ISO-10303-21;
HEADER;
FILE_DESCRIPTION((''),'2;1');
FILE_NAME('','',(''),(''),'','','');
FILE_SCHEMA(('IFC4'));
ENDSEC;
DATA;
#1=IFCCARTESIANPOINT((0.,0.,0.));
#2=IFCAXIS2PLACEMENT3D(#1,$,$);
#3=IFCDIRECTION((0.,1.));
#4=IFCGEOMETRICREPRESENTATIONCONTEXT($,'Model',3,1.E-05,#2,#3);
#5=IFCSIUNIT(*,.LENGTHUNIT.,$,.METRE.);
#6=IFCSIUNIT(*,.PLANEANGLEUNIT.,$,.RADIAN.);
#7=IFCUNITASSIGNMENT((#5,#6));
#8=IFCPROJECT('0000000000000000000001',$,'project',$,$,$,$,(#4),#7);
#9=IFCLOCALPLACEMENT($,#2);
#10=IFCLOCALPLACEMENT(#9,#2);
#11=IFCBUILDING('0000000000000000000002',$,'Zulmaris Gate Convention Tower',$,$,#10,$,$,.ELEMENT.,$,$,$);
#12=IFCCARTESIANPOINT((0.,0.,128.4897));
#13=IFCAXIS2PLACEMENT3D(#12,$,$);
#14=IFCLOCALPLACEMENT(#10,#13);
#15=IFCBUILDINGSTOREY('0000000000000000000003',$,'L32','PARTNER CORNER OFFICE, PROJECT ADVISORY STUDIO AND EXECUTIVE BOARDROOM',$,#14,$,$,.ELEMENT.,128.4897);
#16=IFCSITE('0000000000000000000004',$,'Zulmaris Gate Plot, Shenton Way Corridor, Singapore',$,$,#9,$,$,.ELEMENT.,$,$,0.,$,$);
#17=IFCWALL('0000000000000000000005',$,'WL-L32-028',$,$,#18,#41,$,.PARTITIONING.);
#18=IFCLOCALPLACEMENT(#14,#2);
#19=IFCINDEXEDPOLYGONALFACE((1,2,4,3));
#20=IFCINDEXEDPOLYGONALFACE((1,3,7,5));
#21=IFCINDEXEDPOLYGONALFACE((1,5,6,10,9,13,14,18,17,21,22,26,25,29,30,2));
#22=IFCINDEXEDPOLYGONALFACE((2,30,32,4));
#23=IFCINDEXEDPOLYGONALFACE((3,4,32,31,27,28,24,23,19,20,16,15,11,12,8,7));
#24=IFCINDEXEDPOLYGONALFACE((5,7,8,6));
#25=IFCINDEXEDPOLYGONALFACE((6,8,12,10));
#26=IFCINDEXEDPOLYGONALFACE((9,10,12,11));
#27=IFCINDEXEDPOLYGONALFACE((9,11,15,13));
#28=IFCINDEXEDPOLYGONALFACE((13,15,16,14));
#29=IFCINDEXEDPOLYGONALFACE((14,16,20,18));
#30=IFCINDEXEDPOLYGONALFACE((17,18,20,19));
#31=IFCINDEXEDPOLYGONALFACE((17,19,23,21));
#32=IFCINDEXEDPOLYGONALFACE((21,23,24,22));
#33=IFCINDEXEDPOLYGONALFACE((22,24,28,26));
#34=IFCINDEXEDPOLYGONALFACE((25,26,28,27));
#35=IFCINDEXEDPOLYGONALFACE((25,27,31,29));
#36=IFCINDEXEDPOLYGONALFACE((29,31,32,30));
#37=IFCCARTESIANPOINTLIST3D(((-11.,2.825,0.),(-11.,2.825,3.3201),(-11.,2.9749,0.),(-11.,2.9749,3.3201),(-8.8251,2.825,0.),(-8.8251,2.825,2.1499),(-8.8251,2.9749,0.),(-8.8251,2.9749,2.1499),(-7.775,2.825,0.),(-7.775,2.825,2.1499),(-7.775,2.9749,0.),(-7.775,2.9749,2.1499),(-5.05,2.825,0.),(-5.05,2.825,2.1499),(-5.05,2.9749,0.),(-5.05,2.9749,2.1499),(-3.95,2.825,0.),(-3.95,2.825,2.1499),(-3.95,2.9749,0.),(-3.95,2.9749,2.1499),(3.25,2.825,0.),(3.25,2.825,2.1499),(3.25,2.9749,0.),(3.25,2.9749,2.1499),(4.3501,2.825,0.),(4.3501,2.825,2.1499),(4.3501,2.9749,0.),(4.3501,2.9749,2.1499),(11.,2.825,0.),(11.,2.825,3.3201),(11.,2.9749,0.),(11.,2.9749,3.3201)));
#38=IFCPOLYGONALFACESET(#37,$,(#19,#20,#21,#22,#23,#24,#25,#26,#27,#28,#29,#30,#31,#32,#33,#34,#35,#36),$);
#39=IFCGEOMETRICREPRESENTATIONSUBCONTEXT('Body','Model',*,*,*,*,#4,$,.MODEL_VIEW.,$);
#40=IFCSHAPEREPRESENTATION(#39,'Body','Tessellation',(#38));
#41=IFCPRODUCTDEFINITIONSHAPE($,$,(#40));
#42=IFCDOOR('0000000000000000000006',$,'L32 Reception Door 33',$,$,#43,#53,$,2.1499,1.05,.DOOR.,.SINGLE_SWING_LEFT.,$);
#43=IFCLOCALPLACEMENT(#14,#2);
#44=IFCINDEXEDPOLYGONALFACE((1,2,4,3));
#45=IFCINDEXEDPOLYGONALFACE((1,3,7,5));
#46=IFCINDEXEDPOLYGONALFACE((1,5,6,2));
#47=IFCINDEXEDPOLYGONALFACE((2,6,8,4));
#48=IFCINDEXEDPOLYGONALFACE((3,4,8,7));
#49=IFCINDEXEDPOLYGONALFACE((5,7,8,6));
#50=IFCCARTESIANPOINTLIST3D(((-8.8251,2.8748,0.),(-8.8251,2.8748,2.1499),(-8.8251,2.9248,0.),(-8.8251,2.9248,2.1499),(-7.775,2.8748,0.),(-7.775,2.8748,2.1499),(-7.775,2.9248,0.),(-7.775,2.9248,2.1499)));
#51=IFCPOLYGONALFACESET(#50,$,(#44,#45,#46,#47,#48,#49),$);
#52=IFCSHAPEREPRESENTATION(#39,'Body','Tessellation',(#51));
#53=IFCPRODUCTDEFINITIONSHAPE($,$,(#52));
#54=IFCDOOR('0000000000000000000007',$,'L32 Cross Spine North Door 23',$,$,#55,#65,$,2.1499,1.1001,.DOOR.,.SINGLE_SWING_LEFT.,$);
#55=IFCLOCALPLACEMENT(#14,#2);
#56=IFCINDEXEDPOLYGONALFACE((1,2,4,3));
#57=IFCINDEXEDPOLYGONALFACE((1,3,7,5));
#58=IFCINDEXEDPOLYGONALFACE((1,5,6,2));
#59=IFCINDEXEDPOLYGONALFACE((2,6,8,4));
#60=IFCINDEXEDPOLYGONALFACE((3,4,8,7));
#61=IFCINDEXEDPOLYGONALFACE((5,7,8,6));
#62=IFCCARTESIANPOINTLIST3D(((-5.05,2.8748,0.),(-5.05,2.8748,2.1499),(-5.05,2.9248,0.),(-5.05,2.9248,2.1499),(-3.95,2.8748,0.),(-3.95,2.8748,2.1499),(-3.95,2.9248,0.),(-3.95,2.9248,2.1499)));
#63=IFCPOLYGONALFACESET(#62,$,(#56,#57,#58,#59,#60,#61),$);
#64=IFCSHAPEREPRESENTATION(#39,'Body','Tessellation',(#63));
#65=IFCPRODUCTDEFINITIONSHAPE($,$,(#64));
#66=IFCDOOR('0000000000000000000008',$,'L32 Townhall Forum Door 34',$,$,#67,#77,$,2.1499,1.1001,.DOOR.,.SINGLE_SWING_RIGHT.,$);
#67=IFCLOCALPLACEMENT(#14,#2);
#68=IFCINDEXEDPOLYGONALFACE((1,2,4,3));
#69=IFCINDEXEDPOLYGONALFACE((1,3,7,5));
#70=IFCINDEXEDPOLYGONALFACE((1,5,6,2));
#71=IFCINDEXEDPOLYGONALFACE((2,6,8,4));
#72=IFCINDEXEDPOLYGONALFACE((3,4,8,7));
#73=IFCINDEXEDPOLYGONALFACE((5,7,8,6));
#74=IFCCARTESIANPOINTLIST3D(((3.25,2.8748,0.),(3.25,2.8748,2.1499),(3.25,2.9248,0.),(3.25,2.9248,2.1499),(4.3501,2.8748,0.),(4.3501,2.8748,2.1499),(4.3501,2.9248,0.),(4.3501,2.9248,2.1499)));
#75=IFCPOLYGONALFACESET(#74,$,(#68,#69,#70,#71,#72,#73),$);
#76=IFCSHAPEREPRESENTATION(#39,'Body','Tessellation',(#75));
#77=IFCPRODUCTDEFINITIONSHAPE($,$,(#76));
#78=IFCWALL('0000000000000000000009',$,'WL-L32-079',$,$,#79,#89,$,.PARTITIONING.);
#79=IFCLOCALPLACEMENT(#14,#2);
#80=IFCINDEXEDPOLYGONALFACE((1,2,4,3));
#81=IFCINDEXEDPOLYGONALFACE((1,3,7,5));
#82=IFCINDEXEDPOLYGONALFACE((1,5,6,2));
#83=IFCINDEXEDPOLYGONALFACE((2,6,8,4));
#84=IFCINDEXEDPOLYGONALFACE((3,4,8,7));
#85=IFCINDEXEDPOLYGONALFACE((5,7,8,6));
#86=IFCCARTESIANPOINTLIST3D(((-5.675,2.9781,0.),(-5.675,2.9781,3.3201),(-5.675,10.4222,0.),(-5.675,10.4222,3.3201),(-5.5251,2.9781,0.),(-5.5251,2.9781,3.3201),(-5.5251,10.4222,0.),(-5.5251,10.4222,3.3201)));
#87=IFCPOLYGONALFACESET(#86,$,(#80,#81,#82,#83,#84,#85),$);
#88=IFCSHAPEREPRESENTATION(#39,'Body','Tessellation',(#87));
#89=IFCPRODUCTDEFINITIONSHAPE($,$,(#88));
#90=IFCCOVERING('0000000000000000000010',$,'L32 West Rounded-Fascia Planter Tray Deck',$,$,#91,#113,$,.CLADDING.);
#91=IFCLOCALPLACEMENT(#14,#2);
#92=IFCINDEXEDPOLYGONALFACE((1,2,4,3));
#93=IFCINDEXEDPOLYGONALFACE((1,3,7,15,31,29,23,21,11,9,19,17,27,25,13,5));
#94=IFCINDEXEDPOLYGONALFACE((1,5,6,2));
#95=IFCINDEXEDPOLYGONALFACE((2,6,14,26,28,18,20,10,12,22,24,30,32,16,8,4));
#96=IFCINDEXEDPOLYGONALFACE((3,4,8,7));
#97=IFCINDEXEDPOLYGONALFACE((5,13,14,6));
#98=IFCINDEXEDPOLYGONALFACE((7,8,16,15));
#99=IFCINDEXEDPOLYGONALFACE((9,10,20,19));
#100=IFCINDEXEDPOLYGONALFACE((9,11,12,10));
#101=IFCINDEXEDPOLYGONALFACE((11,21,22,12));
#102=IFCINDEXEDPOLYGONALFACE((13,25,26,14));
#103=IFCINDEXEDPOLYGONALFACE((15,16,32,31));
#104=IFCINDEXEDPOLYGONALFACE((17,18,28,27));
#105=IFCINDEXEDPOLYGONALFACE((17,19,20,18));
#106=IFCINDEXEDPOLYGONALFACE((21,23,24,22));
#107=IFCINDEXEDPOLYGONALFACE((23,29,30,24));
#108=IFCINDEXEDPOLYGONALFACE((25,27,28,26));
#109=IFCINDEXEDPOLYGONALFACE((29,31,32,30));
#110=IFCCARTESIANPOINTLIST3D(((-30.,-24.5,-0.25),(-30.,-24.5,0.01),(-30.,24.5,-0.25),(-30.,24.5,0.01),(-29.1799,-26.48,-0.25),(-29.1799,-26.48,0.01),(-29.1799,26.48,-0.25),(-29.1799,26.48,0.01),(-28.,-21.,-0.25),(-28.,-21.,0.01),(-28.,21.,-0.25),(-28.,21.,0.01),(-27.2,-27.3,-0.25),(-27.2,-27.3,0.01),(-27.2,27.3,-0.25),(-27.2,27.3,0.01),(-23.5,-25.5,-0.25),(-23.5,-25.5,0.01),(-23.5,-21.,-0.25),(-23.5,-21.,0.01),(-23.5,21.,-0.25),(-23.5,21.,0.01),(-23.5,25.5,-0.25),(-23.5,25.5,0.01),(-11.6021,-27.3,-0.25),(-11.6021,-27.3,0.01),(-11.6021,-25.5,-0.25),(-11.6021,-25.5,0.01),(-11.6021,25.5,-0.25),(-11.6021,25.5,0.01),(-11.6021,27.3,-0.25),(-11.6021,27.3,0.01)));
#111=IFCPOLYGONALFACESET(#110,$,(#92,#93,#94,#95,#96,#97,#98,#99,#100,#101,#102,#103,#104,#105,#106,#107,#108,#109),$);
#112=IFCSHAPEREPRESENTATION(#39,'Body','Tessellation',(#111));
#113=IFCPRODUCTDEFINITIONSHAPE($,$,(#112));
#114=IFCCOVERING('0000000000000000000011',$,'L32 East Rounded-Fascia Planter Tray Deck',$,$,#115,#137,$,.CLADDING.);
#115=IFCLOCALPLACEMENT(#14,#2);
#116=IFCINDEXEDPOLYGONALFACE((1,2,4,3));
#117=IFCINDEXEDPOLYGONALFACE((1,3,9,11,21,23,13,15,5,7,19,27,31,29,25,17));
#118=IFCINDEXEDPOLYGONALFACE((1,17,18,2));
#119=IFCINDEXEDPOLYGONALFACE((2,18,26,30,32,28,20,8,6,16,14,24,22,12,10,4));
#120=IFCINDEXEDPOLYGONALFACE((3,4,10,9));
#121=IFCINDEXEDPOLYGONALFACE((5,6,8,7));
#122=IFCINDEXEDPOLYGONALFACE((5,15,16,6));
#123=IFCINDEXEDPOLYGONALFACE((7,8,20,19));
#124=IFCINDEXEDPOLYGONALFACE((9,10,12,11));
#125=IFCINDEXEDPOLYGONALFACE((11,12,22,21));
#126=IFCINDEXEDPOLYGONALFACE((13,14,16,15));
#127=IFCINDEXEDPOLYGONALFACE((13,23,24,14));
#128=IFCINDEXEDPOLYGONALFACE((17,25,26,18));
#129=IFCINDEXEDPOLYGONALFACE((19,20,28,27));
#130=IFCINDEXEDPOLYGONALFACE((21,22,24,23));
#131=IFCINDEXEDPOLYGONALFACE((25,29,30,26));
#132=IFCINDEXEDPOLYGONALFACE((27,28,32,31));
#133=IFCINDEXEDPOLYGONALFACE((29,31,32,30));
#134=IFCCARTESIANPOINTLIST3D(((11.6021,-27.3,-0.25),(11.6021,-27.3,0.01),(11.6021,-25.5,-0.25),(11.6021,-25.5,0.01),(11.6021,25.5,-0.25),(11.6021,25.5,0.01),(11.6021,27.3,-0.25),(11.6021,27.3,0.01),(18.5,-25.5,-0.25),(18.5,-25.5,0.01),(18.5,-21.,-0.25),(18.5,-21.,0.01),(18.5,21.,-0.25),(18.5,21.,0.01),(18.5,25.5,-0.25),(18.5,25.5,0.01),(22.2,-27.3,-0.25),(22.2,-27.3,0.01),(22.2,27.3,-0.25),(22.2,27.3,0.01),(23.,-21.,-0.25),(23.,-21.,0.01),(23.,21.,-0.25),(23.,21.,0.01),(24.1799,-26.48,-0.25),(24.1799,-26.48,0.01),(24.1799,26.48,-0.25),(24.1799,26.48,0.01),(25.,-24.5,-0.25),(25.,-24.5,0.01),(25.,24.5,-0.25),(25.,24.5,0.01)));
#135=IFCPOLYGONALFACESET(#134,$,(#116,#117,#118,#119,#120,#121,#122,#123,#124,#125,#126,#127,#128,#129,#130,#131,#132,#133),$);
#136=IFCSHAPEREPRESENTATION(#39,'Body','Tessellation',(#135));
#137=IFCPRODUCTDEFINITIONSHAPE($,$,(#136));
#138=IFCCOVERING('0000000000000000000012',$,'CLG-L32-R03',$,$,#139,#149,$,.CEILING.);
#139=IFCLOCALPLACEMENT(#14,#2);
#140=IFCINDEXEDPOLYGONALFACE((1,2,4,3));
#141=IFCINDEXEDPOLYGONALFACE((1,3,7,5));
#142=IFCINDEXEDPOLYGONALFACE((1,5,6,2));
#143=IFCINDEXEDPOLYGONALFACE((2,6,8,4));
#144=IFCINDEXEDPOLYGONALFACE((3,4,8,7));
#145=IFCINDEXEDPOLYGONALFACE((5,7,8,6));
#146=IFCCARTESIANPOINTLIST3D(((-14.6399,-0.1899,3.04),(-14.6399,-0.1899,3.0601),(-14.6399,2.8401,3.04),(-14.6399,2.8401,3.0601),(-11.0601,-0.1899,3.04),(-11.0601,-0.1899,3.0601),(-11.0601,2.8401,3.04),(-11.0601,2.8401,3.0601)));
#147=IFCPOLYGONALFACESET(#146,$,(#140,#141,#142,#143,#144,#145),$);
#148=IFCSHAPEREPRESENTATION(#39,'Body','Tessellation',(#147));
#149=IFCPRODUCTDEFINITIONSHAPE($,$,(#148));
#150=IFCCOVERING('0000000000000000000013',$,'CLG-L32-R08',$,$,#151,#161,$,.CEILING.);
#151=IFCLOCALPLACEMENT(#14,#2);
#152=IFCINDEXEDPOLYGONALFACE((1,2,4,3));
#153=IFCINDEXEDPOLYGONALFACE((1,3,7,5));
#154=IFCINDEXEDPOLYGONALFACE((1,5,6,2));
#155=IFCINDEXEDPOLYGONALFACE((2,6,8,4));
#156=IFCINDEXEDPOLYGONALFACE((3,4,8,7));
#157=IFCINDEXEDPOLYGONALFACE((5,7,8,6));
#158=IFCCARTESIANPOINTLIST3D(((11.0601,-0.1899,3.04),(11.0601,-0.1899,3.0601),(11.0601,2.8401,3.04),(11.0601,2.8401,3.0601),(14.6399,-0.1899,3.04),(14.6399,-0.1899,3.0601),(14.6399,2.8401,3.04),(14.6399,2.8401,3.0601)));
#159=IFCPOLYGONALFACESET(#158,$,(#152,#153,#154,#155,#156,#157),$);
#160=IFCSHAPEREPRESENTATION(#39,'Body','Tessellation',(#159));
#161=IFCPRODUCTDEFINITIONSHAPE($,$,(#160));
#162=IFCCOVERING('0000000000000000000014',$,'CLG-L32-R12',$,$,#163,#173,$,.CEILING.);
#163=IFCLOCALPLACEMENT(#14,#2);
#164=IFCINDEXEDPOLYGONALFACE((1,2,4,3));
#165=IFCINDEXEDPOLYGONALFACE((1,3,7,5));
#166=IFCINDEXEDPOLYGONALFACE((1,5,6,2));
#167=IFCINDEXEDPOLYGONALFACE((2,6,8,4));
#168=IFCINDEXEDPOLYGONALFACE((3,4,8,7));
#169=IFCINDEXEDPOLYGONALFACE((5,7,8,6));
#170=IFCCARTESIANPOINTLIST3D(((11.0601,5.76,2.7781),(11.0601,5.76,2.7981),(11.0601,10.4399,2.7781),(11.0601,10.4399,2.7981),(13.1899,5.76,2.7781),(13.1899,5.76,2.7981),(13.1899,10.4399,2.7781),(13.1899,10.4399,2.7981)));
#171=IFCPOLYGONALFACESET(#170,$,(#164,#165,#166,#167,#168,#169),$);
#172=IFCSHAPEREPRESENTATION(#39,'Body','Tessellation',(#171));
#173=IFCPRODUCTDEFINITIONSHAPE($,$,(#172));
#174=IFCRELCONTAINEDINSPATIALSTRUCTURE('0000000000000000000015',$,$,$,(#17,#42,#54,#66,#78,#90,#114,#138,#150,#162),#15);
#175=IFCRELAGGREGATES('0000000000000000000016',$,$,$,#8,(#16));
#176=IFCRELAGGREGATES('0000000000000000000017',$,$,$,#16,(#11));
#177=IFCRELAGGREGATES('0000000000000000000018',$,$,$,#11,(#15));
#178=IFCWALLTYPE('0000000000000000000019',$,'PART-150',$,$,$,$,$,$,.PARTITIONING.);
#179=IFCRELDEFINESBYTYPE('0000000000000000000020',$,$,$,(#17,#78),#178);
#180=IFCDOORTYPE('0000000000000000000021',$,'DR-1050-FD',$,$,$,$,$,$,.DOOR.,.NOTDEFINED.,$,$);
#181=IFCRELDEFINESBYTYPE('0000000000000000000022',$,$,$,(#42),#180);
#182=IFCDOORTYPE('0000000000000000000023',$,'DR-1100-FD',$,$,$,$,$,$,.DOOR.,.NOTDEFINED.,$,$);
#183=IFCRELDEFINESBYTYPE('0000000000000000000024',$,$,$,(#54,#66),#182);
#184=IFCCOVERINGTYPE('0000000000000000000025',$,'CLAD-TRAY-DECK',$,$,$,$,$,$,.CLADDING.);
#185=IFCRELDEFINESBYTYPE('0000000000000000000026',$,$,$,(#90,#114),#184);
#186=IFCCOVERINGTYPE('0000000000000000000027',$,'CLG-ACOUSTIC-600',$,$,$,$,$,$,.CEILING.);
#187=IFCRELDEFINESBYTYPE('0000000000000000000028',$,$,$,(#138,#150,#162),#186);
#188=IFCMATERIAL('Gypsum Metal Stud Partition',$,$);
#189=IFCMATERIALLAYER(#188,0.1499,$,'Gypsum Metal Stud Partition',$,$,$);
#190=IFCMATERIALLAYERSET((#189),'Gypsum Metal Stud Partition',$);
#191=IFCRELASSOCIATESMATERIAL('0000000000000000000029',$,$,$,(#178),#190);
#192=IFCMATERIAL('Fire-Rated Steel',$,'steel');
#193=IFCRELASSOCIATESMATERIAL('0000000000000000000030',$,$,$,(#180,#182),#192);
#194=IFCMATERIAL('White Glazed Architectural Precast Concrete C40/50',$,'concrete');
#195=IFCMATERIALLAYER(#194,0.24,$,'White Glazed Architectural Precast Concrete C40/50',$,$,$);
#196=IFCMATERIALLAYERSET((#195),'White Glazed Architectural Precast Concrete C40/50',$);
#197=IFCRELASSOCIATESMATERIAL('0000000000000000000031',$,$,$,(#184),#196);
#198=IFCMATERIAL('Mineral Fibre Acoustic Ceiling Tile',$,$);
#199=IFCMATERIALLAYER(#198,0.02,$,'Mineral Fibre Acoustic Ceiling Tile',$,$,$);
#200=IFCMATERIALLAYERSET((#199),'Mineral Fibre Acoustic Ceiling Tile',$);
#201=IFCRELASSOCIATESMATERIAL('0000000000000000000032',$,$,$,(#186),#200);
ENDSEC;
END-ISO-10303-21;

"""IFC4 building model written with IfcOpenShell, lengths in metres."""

from ifc_helpers import new_model, si_unit, direction, frame, frame_2d, origin, place, context, subcontext, project, spatial, polyline, rectangle, outline, extrude, material, layer, layer_set, type_object, element, fill, save


model = new_model("IFC4")

# Units and contexts
model_context = context("Model", 3, precision=1e-05, world=origin(), true_north=direction((0.0, 1.0)))
body_context = subcontext(model_context, "Body", "Model", "MODEL_VIEW")
ifc_project = project(units=[si_unit("LENGTHUNIT", "METRE"), si_unit("PLANEANGLEUNIT", "RADIAN")], contexts=[model_context])

# Site, building, storey
site_placement = place(None, origin())
site = spatial("IfcSite", under=ifc_project, at=site_placement, Name="Zulmaris Gate Plot, Shenton Way Corridor, Singapore", CompositionType="ELEMENT", RefElevation=0.0)
building_placement = place(site_placement, origin())
building = spatial("IfcBuilding", under=site, at=building_placement, Name="Zulmaris Gate Convention Tower", CompositionType="ELEMENT")
storey_placement = place(building_placement, frame((0.0, 0.0, 128.4897)))
storey = spatial("IfcBuildingStorey", under=building, at=storey_placement, Name="L32", Description="PARTNER CORNER OFFICE, PROJECT ADVISORY STUDIO AND EXECUTIVE BOARDROOM", CompositionType="ELEMENT", Elevation=128.4897)

# Wall, openings, doors
ifc_material_1 = material(Name="Gypsum Metal Stud Partition")
ifc_layer_1 = layer(ifc_material_1, 0.1499, Name="Gypsum Metal Stud Partition")
ifc_layer_set_1 = layer_set([ifc_layer_1], Name="Gypsum Metal Stud Partition")
wall_type = type_object("IfcWallType", Name="PART-150", PredefinedType="PARTITIONING", material=ifc_layer_set_1)
wall_1_placement = place(storey_placement, frame((-11.0, 2.8999, 0.0), z_axis=(0.0, 0.0, 1.0), x_axis=(1.0, 0.0, 0.0)))
wall_1 = element("IfcWall", 1, at=wall_1_placement, inside=storey, type_object=wall_type, Name="WL-L32-028", PredefinedType="PARTITIONING", context=body_context, shape_type="SweptSolid", body=[
    extrude(rectangle(XDim=22.0, YDim=0.1499, at=frame_2d((11.0, 0.0))), origin(), (0.0, 0.0, 1.0), 3.3201),
])
opening_1_placement = place(wall_1_placement, frame((5.95, 0.0, 0.0)))
opening_1 = element("IfcOpeningElement", 2, at=opening_1_placement, cuts=wall_1, PredefinedType="OPENING", context=body_context, shape_type="SweptSolid", body=[
    extrude(rectangle(XDim=1.1001, YDim=2.1499, at=frame_2d((0.55, 1.075))), frame((0.0, 0.085, 0.0), z_axis=(0.0, -1.0, 0.0), x_axis=(1.0, 0.0, 0.0)), (0.0, 0.0, 1.0), 0.1699),
])
opening_2_placement = place(wall_1_placement, frame((2.175, 0.0, 0.0)))
opening_2 = element("IfcOpeningElement", 3, at=opening_2_placement, cuts=wall_1, PredefinedType="OPENING", context=body_context, shape_type="SweptSolid", body=[
    extrude(rectangle(XDim=1.05, YDim=2.1499, at=frame_2d((0.5249, 1.075))), frame((0.0, 0.085, 0.0), z_axis=(0.0, -1.0, 0.0), x_axis=(1.0, 0.0, 0.0)), (0.0, 0.0, 1.0), 0.1699),
])
opening_3_placement = place(wall_1_placement, frame((14.25, 0.0, 0.0)))
opening_3 = element("IfcOpeningElement", 4, at=opening_3_placement, cuts=wall_1, PredefinedType="OPENING", context=body_context, shape_type="SweptSolid", body=[
    extrude(rectangle(XDim=1.1001, YDim=2.1499, at=frame_2d((0.55, 1.075))), frame((0.0, 0.085, 0.0), z_axis=(0.0, -1.0, 0.0), x_axis=(1.0, 0.0, 0.0)), (0.0, 0.0, 1.0), 0.1699),
])
ifc_material_2 = material(Name="Fire-Rated Steel", Category="steel")
door_type_1 = type_object("IfcDoorType", Name="DR-1050-FD", OperationType="NOTDEFINED", PredefinedType="DOOR", material=ifc_material_2)
door_1_placement = place(opening_2_placement, origin())
door_1 = element("IfcDoor", 5, at=door_1_placement, inside=storey, type_object=door_type_1, Name="L32 Reception Door 33", OperationType="SINGLE_SWING_LEFT", OverallHeight=2.1499, OverallWidth=1.05, PredefinedType="DOOR", context=body_context, shape_type="SweptSolid", body=[
    extrude(rectangle(XDim=1.05, YDim=2.1499, at=frame_2d((0.5249, 1.075))), frame((0.0, 0.0249, 0.0), z_axis=(0.0, -1.0, 0.0), x_axis=(1.0, 0.0, 0.0)), (0.0, 0.0, 1.0), 0.05),
])
fill(opening_2, door_1)
door_type_2 = type_object("IfcDoorType", Name="DR-1100-FD", OperationType="NOTDEFINED", PredefinedType="DOOR", material=ifc_material_2)
door_2_placement = place(opening_1_placement, origin())
door_2 = element("IfcDoor", 6, at=door_2_placement, inside=storey, type_object=door_type_2, Name="L32 Cross Spine North Door 23", OperationType="SINGLE_SWING_LEFT", OverallHeight=2.1499, OverallWidth=1.1001, PredefinedType="DOOR", context=body_context, shape_type="SweptSolid", body=[
    extrude(rectangle(XDim=1.1001, YDim=2.1499, at=frame_2d((0.55, 1.075))), frame((0.0, 0.0249, 0.0), z_axis=(0.0, -1.0, 0.0), x_axis=(1.0, 0.0, 0.0)), (0.0, 0.0, 1.0), 0.05),
])
fill(opening_1, door_2)
door_3_placement = place(opening_3_placement, origin())
door_3 = element("IfcDoor", 7, at=door_3_placement, inside=storey, type_object=door_type_2, Name="L32 Townhall Forum Door 34", OperationType="SINGLE_SWING_RIGHT", OverallHeight=2.1499, OverallWidth=1.1001, PredefinedType="DOOR", context=body_context, shape_type="SweptSolid", body=[
    extrude(rectangle(XDim=1.1001, YDim=2.1499, at=frame_2d((0.55, 1.075))), frame((0.0, 0.0249, 0.0), z_axis=(0.0, -1.0, 0.0), x_axis=(1.0, 0.0, 0.0)), (0.0, 0.0, 1.0), 0.05),
])
fill(opening_3, door_3)

# Wall
wall_2_placement = place(storey_placement, frame((-5.6001, 2.978, 0.0), z_axis=(0.0, 0.0, 1.0), x_axis=(0.0, 1.0, 0.0)))
element("IfcWall", 8, at=wall_2_placement, inside=storey, type_object=wall_type, Name="WL-L32-079", PredefinedType="PARTITIONING", context=body_context, shape_type="SweptSolid", body=[
    extrude(rectangle(XDim=7.4441, YDim=0.1499, at=frame_2d((3.7222, 0.0))), origin(), (0.0, 0.0, 1.0), 3.3201),
])

# Coverings
ifc_material_3 = material(Name="White Glazed Architectural Precast Concrete C40/50", Category="concrete")
ifc_layer_2 = layer(ifc_material_3, 0.24, Name="White Glazed Architectural Precast Concrete C40/50")
ifc_layer_set_2 = layer_set([ifc_layer_2], Name="White Glazed Architectural Precast Concrete C40/50")
covering_type_1 = type_object("IfcCoveringType", Name="CLAD-TRAY-DECK", PredefinedType="CLADDING", material=ifc_layer_set_2)
covering_1_placement = place(storey_placement, frame((0.0, 0.0, -0.25)))
element("IfcCovering", 9, at=covering_1_placement, inside=storey, type_object=covering_type_1, Name="L32 West Rounded-Fascia Planter Tray Deck", PredefinedType="CLADDING", context=body_context, shape_type="SweptSolid", body=[
    extrude(outline(polyline([(-30.0, 24.5), (-29.1799, 26.48), (-27.2, 27.3), (-11.6021, 27.3), (-11.6021, 25.5), (-23.5, 25.5), (-23.5, 21.0), (-28.0, 21.0), (-28.0, -21.0), (-23.5, -21.0), (-23.5, -25.5), (-11.6021, -25.5), (-11.6021, -27.3), (-27.2, -27.3), (-29.1799, -26.48), (-30.0, -24.5), (-30.0, 24.5)])), origin(), (0.0, 0.0, 1.0), 0.26),
])
covering_2_placement = place(storey_placement, frame((0.0, 0.0, -0.25)))
element("IfcCovering", 10, at=covering_2_placement, inside=storey, type_object=covering_type_1, Name="L32 East Rounded-Fascia Planter Tray Deck", PredefinedType="CLADDING", context=body_context, shape_type="SweptSolid", body=[
    extrude(outline(polyline([(22.2, 27.3), (24.1799, 26.48), (25.0, 24.5), (25.0, -24.5), (24.1799, -26.48), (22.2, -27.3), (11.6021, -27.3), (11.6021, -25.5), (18.5, -25.5), (18.5, -21.0), (23.0, -21.0), (23.0, 21.0), (18.5, 21.0), (18.5, 25.5), (11.6021, 25.5), (11.6021, 27.3), (22.2, 27.3)])), origin(), (0.0, 0.0, 1.0), 0.26),
])
ifc_material_4 = material(Name="Mineral Fibre Acoustic Ceiling Tile")
ifc_layer_3 = layer(ifc_material_4, 0.02, Name="Mineral Fibre Acoustic Ceiling Tile")
ifc_layer_set_3 = layer_set([ifc_layer_3], Name="Mineral Fibre Acoustic Ceiling Tile")
covering_type_2 = type_object("IfcCoveringType", Name="CLG-ACOUSTIC-600", PredefinedType="CEILING", material=ifc_layer_set_3)
covering_3_placement = place(storey_placement, frame((0.0, 0.0, 3.04)))
element("IfcCovering", 11, at=covering_3_placement, inside=storey, type_object=covering_type_2, Name="CLG-L32-R03", PredefinedType="CEILING", context=body_context, shape_type="SweptSolid", body=[
    extrude(outline(polyline([(-14.6399, -0.1899), (-11.0601, -0.1899), (-11.0601, 2.8401), (-14.6399, 2.8401), (-14.6399, -0.1899)])), origin(), (0.0, 0.0, 1.0), 0.02),
])
covering_4_placement = place(storey_placement, frame((0.0, 0.0, 3.04)))
element("IfcCovering", 12, at=covering_4_placement, inside=storey, type_object=covering_type_2, Name="CLG-L32-R08", PredefinedType="CEILING", context=body_context, shape_type="SweptSolid", body=[
    extrude(outline(polyline([(11.0601, -0.1899), (14.6399, -0.1899), (14.6399, 2.8401), (11.0601, 2.8401), (11.0601, -0.1899)])), origin(), (0.0, 0.0, 1.0), 0.02),
])
covering_5_placement = place(storey_placement, frame((0.0, 0.0, 2.7781)))
element("IfcCovering", 13, at=covering_5_placement, inside=storey, type_object=covering_type_2, Name="CLG-L32-R12", PredefinedType="CEILING", context=body_context, shape_type="SweptSolid", body=[
    extrude(outline(polyline([(11.0601, 5.76), (13.1899, 5.76), (13.1899, 10.4399), (11.0601, 10.4399), (11.0601, 5.76)])), origin(), (0.0, 0.0, 1.0), 0.02),
])

save(model, "model.ifc")
